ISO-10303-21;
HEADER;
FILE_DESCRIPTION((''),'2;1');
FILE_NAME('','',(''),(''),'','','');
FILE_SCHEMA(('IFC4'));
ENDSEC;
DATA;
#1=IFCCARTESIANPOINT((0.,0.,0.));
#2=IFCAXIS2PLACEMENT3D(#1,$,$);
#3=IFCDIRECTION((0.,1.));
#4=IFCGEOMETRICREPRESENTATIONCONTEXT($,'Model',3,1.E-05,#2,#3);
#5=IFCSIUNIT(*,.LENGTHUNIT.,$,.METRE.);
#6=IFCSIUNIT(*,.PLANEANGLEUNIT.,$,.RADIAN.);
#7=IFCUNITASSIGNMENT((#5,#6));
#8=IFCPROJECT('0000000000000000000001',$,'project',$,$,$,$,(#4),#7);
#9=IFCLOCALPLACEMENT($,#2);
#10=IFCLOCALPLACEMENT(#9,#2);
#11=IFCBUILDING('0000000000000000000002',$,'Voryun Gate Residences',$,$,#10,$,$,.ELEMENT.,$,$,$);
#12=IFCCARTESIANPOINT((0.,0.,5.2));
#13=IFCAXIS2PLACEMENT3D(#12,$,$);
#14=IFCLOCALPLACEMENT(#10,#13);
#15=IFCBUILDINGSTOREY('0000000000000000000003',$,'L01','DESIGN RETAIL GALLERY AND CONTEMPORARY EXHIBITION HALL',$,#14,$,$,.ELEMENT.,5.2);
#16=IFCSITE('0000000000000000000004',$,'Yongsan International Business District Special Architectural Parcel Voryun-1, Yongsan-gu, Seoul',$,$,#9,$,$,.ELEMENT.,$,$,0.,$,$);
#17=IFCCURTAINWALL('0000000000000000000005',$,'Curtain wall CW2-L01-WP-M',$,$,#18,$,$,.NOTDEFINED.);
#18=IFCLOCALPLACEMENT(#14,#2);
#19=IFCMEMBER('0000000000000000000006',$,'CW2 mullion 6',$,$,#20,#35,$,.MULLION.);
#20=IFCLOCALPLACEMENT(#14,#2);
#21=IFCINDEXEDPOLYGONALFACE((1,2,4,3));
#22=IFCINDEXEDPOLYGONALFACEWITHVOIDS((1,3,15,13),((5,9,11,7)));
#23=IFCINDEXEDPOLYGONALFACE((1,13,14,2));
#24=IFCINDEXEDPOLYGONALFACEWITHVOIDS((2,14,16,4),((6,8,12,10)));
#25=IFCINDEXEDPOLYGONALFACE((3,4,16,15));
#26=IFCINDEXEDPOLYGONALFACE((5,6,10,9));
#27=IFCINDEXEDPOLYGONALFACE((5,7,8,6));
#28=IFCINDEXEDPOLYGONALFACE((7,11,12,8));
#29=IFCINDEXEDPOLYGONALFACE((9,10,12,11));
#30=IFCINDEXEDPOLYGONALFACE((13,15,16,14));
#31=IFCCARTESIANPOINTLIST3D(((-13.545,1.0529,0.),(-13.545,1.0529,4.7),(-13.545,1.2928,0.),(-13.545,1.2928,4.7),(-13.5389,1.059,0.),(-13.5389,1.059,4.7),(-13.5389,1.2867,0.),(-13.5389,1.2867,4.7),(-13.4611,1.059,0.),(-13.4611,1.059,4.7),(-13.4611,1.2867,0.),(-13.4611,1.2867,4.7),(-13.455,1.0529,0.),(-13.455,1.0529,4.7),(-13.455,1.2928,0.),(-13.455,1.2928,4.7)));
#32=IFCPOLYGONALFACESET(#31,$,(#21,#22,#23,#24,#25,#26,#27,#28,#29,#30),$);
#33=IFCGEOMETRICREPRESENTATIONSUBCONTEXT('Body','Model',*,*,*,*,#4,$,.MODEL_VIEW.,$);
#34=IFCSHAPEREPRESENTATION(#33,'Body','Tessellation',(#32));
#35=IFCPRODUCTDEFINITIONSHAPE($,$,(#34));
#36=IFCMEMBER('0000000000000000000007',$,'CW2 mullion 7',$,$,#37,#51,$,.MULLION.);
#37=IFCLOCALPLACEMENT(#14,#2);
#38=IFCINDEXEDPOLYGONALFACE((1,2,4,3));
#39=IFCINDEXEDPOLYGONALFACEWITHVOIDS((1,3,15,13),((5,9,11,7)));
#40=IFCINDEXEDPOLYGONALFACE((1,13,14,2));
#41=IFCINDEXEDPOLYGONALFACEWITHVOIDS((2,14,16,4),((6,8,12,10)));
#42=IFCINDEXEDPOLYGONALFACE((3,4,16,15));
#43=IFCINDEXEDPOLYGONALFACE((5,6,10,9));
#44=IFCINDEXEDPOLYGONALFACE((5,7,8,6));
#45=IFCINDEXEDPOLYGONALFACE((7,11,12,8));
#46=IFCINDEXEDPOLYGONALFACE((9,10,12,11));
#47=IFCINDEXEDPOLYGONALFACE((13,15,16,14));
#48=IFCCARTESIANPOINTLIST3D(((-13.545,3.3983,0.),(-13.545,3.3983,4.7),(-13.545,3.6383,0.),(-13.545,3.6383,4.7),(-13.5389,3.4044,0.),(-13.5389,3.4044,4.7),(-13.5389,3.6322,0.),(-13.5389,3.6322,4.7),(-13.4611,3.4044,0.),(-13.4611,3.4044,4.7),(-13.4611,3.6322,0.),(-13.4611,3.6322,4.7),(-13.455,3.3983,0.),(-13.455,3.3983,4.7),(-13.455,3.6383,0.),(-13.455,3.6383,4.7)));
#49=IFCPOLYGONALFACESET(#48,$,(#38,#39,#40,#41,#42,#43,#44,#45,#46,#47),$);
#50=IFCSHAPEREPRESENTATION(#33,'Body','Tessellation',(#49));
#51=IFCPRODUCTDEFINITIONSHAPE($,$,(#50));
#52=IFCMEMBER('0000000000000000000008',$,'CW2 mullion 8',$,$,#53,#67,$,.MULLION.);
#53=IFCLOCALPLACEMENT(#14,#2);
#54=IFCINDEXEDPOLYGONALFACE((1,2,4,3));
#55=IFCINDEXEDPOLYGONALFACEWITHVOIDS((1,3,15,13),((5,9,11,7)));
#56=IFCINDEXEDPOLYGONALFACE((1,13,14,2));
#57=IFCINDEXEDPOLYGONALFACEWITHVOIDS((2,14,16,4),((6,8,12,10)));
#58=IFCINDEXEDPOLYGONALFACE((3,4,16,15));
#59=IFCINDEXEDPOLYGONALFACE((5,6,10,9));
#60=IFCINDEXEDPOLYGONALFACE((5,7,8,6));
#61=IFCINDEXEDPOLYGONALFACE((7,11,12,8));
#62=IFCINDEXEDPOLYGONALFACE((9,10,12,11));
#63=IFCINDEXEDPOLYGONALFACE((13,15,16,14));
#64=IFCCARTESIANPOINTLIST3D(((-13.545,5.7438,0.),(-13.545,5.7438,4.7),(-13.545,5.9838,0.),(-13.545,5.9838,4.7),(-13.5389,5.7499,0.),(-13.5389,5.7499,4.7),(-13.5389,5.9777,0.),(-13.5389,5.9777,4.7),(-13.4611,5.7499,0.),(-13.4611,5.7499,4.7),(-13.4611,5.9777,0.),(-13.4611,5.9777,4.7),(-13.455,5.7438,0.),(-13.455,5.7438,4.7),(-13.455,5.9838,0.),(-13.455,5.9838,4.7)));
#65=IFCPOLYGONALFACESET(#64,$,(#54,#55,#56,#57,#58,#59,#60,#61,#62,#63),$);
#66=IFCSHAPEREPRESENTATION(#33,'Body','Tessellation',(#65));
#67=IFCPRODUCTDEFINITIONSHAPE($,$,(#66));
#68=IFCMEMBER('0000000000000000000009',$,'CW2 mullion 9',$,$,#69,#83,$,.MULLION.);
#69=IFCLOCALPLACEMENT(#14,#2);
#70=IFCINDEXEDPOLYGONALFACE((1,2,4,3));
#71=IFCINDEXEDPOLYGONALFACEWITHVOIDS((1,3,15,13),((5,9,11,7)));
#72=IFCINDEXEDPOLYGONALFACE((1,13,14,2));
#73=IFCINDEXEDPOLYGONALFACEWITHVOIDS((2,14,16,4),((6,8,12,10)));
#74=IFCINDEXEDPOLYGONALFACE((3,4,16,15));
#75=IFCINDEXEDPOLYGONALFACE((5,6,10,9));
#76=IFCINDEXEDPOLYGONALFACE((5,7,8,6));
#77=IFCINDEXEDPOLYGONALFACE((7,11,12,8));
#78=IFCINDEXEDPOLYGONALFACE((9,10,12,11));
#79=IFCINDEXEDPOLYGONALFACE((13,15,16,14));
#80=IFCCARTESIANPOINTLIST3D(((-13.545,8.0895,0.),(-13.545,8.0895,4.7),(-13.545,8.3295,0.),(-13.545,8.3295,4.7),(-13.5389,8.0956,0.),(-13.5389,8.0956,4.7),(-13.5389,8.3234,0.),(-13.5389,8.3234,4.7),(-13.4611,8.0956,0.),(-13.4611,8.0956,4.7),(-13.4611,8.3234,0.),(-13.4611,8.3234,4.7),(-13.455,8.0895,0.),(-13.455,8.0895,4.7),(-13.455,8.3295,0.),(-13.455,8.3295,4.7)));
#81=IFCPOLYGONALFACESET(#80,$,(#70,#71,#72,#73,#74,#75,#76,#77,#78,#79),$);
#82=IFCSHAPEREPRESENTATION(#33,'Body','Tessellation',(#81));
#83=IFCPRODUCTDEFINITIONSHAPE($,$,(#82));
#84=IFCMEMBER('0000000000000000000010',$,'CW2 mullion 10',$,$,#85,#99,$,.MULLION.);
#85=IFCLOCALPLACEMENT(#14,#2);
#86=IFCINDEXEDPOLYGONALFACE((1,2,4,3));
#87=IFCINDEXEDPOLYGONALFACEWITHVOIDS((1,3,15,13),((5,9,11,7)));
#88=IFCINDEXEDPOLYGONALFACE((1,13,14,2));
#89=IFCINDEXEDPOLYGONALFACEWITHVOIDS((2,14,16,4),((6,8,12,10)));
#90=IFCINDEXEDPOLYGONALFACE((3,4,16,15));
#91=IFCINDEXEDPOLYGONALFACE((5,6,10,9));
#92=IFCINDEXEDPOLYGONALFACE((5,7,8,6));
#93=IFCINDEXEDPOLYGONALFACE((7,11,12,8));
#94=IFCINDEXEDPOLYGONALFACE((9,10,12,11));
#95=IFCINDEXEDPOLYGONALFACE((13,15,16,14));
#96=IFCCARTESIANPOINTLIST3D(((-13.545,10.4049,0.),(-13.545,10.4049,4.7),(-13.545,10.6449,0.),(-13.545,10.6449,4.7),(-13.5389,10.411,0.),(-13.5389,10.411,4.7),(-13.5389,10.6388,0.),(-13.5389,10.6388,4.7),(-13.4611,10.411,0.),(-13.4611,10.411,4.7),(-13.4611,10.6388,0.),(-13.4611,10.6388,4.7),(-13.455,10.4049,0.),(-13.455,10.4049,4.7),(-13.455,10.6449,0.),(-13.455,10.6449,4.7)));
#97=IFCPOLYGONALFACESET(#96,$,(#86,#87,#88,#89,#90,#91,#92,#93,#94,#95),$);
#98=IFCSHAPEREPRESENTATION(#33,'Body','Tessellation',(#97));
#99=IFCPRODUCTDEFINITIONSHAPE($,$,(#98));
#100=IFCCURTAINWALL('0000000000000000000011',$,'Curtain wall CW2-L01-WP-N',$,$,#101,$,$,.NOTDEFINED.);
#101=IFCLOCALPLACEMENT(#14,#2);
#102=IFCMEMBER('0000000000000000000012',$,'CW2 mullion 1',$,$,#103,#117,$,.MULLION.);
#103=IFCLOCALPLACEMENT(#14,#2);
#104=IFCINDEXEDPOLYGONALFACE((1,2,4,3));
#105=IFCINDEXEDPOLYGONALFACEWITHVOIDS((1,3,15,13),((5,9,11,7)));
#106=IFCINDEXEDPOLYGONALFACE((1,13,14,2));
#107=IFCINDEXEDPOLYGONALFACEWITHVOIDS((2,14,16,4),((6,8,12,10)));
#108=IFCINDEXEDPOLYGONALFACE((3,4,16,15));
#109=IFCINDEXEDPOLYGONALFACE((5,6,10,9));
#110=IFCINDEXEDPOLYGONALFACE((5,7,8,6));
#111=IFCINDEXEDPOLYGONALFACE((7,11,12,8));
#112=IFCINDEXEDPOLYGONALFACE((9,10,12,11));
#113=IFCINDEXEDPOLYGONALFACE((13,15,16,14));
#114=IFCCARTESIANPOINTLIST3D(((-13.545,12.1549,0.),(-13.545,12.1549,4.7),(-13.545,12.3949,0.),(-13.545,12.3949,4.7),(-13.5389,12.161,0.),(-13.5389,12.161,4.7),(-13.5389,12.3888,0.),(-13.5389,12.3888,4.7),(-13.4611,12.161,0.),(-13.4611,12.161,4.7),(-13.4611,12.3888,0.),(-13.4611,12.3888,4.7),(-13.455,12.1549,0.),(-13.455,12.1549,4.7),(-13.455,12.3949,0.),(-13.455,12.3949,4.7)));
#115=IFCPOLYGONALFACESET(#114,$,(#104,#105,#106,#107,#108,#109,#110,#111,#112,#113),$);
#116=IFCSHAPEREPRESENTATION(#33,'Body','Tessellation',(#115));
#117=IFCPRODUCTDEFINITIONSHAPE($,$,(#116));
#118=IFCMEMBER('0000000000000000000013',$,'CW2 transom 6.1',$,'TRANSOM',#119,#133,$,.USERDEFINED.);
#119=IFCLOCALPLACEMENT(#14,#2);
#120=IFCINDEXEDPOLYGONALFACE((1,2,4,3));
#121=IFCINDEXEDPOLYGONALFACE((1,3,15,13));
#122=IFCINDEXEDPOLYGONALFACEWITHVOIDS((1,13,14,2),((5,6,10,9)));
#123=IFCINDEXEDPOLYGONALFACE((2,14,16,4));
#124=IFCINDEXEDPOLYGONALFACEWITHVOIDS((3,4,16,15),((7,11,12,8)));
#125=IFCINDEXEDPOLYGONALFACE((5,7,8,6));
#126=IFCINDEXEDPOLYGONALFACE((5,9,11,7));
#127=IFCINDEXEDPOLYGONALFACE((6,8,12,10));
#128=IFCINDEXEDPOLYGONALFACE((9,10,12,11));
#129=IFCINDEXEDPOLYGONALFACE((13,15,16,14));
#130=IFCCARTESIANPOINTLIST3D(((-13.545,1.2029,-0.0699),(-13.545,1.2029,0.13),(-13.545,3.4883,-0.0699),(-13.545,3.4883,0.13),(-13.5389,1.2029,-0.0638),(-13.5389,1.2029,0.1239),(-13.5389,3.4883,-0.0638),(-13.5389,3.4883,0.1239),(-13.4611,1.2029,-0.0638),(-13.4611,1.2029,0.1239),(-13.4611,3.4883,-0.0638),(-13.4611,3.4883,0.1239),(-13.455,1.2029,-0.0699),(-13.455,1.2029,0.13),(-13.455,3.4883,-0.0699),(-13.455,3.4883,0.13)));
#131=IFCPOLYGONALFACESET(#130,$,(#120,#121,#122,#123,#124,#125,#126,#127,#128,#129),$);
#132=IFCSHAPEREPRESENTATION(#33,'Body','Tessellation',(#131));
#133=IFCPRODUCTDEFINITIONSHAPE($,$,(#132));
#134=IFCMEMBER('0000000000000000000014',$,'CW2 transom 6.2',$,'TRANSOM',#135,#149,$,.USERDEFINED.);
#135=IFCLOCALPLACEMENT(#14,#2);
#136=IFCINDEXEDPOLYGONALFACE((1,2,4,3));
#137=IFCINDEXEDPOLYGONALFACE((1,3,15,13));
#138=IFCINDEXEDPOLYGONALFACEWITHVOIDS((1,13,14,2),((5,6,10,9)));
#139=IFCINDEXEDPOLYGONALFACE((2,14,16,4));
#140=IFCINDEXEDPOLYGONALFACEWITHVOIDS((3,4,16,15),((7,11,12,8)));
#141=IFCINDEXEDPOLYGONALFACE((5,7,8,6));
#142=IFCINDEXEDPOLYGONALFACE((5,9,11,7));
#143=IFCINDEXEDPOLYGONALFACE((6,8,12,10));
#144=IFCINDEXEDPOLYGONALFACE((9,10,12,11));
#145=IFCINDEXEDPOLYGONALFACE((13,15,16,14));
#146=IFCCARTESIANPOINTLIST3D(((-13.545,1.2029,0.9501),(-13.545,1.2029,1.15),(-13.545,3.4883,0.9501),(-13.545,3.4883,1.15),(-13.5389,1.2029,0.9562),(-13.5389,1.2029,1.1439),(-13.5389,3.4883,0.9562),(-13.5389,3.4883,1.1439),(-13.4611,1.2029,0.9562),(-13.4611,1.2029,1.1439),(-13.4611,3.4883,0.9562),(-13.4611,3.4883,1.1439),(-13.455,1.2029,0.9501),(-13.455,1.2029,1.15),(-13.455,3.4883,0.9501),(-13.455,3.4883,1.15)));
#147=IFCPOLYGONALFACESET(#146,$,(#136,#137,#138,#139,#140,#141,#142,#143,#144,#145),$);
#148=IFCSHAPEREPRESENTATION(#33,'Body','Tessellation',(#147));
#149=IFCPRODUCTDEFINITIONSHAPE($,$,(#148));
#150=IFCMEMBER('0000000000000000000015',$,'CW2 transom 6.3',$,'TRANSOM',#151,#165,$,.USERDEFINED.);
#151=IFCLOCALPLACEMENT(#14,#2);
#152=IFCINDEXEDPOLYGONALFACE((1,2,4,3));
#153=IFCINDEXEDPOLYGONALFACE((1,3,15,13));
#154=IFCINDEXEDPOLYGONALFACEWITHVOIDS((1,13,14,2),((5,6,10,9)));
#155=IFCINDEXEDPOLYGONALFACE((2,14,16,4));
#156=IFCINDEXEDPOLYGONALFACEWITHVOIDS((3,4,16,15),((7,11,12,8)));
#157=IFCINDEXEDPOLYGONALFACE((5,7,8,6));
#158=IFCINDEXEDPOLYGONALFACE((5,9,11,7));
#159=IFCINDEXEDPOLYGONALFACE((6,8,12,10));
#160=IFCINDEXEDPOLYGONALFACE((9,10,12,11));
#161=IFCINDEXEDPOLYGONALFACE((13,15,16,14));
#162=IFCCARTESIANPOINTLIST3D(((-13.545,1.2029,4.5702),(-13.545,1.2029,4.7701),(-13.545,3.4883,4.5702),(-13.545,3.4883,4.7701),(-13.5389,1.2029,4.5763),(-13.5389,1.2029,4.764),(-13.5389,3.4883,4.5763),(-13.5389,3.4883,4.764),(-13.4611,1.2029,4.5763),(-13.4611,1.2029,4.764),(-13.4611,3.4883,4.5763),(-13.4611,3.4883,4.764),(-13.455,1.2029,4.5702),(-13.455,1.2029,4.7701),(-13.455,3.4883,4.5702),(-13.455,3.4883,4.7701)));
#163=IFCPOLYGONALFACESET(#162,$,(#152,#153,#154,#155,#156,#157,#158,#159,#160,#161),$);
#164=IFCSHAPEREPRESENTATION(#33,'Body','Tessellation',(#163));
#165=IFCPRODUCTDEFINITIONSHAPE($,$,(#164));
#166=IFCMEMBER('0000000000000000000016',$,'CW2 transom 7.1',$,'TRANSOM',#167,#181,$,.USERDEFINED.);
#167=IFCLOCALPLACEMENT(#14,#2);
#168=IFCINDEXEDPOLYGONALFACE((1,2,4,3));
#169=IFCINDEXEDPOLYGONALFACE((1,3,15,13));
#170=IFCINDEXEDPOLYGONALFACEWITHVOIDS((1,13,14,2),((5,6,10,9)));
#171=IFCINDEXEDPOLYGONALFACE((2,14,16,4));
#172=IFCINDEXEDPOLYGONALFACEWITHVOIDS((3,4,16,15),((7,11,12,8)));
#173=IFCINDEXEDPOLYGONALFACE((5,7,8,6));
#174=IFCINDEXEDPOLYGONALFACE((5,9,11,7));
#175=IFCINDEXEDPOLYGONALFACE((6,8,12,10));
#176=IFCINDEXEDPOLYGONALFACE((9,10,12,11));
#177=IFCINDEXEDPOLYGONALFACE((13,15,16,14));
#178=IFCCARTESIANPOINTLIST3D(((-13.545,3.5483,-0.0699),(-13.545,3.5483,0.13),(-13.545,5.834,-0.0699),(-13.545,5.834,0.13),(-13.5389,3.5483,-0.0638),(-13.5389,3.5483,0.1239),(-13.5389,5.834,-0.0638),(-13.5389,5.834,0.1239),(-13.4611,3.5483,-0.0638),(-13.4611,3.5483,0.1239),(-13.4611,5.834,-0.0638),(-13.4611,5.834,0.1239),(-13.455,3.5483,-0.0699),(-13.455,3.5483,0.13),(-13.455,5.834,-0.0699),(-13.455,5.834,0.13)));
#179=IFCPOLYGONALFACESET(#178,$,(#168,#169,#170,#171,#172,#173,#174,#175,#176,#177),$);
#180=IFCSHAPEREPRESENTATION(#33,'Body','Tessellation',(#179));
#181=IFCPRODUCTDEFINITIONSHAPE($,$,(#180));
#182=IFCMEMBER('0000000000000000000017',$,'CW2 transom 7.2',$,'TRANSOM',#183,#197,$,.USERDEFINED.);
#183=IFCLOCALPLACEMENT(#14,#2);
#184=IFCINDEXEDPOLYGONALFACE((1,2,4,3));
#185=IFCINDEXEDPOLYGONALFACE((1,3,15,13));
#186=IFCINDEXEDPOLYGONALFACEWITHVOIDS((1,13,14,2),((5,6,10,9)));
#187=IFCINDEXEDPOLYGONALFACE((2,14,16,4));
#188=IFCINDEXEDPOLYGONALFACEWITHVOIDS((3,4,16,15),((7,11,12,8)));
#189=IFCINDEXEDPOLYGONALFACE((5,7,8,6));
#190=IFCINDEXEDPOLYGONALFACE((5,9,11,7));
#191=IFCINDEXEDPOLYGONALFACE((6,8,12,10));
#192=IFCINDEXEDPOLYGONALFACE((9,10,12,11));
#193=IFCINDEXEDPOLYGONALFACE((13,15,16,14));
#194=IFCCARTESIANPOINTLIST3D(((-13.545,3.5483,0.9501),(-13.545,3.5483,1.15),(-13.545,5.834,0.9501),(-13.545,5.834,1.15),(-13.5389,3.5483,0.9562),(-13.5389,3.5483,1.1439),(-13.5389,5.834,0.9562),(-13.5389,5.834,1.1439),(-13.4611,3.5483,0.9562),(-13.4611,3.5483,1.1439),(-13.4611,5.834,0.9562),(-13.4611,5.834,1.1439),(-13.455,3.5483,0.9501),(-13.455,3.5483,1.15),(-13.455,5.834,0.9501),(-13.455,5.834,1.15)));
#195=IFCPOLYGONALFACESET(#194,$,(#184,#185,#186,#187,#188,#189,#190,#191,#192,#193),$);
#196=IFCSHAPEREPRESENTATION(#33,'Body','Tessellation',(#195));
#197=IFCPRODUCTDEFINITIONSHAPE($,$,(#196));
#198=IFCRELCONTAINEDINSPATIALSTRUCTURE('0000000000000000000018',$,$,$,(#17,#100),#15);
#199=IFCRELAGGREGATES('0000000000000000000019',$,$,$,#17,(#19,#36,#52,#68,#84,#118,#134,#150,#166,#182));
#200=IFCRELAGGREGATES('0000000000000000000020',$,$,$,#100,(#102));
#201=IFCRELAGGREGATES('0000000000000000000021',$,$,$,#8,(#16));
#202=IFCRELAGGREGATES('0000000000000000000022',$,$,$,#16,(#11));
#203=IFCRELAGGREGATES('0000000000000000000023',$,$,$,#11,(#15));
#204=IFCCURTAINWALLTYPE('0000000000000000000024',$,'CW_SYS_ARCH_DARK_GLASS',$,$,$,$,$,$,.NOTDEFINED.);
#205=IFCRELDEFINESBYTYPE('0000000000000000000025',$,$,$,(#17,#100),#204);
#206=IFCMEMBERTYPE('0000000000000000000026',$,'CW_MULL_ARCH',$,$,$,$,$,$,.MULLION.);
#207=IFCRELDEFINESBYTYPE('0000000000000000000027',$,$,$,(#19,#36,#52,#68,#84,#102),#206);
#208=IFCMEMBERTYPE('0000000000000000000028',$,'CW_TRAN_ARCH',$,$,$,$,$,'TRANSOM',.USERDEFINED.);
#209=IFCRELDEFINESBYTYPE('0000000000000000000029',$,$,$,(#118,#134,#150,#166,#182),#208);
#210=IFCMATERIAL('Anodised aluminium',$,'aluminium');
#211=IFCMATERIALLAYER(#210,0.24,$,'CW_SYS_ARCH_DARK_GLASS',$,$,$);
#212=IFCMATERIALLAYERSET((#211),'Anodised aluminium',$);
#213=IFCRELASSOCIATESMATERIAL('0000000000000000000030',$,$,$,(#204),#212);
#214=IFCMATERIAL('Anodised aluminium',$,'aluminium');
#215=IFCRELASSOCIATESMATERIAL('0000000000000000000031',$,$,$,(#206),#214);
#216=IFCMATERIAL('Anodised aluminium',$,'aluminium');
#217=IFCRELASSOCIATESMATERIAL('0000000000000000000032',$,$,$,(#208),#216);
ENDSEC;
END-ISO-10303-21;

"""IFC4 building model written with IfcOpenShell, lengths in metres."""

from ifc_helpers import new_model, si_unit, direction, frame, origin, origin_2d, place, context, subcontext, project, spatial, hollow_rectangle, extrude, material, layer, layer_set, material_profile, profile_set, type_object, element, aggregate, save


model = new_model("IFC4")

# Units and contexts
model_context = context("Model", 3, precision=1e-05, world=origin(), true_north=direction((0.0, 1.0)))
body_context = subcontext(model_context, "Body", "Model", "MODEL_VIEW")
ifc_project = project(units=[si_unit("LENGTHUNIT", "METRE"), si_unit("PLANEANGLEUNIT", "RADIAN")], contexts=[model_context])

# Site, building, storey
site_placement = place(None, origin())
site = spatial("IfcSite", under=ifc_project, at=site_placement, Name="Yongsan International Business District Special Architectural Parcel Voryun-1, Yongsan-gu, Seoul", CompositionType="ELEMENT", RefElevation=0.0)
building_placement = place(site_placement, origin())
building = spatial("IfcBuilding", under=site, at=building_placement, Name="Voryun Gate Residences", CompositionType="ELEMENT")
storey_placement = place(building_placement, frame((0.0, 0.0, 5.2)))
storey = spatial("IfcBuildingStorey", under=building, at=storey_placement, Name="L01", Description="DESIGN RETAIL GALLERY AND CONTEMPORARY EXHIBITION HALL", CompositionType="ELEMENT", Elevation=5.2)

# Curtain wall, members
ifc_material_1 = material(Name="Anodised aluminium", Category="aluminium")
ifc_layer_1 = layer(ifc_material_1, 0.24, Name="CW_SYS_ARCH_DARK_GLASS")
ifc_layer_set_1 = layer_set([ifc_layer_1], Name="Anodised aluminium")
curtain_wall_type = type_object("IfcCurtainWallType", Name="CW_SYS_ARCH_DARK_GLASS", PredefinedType="NOTDEFINED", material=ifc_layer_set_1)
curtain_wall_1_placement = place(storey_placement, origin())
curtain_wall_1 = element("IfcCurtainWall", 1, at=curtain_wall_1_placement, inside=storey, type_object=curtain_wall_type, Name="Curtain wall CW2-L01-WP-M", PredefinedType="NOTDEFINED")
ifc_material_2 = material(Name="Anodised aluminium", Category="aluminium")
ifc_material_profile_1 = material_profile(ifc_material_2, hollow_rectangle(XDim=0.0901, YDim=0.24, WallThickness=0.0061, at=origin_2d()), Name="ALU-MULL-240x90x6")
ifc_profile_set_1 = profile_set([ifc_material_profile_1], Name="Anodised aluminium")
member_type_1 = type_object("IfcMemberType", Name="CW_MULL_ARCH", PredefinedType="MULLION", material=ifc_profile_set_1)
member_1_placement = place(storey_placement, frame((-13.5, 1.1729, 0.0), z_axis=(0.0, 0.0, 1.0), x_axis=(-1.0, 0.0, 0.0)))
member_1 = element("IfcMember", 2, at=member_1_placement, type_object=member_type_1, Name="CW2 mullion 6", PredefinedType="MULLION", context=body_context, shape_type="SweptSolid", body=[
    extrude(hollow_rectangle(XDim=0.0901, YDim=0.24, WallThickness=0.0061, at=origin_2d()), origin(), (0.0, 0.0, 1.0), 4.7),
])
member_2_placement = place(storey_placement, frame((-13.5, 3.5183, 0.0), z_axis=(0.0, 0.0, 1.0), x_axis=(-1.0, 0.0, 0.0)))
member_2 = element("IfcMember", 3, at=member_2_placement, type_object=member_type_1, Name="CW2 mullion 7", PredefinedType="MULLION", context=body_context, shape_type="SweptSolid", body=[
    extrude(hollow_rectangle(XDim=0.0901, YDim=0.24, WallThickness=0.0061, at=origin_2d()), origin(), (0.0, 0.0, 1.0), 4.7),
])
member_3_placement = place(storey_placement, frame((-13.5, 5.8638, 0.0), z_axis=(0.0, 0.0, 1.0), x_axis=(-1.0, 0.0, 0.0)))
member_3 = element("IfcMember", 4, at=member_3_placement, type_object=member_type_1, Name="CW2 mullion 8", PredefinedType="MULLION", context=body_context, shape_type="SweptSolid", body=[
    extrude(hollow_rectangle(XDim=0.0901, YDim=0.24, WallThickness=0.0061, at=origin_2d()), origin(), (0.0, 0.0, 1.0), 4.7),
])
member_4_placement = place(storey_placement, frame((-13.5, 8.2095, 0.0), z_axis=(0.0, 0.0, 1.0), x_axis=(-1.0, 0.0, 0.0)))
member_4 = element("IfcMember", 5, at=member_4_placement, type_object=member_type_1, Name="CW2 mullion 9", PredefinedType="MULLION", context=body_context, shape_type="SweptSolid", body=[
    extrude(hollow_rectangle(XDim=0.0901, YDim=0.24, WallThickness=0.0061, at=origin_2d()), origin(), (0.0, 0.0, 1.0), 4.7),
])
member_5_placement = place(storey_placement, frame((-13.5, 10.5249, 0.0), z_axis=(0.0, 0.0, 1.0), x_axis=(-1.0, 0.0, 0.0)))
member_5 = element("IfcMember", 6, at=member_5_placement, type_object=member_type_1, Name="CW2 mullion 10", PredefinedType="MULLION", context=body_context, shape_type="SweptSolid", body=[
    extrude(hollow_rectangle(XDim=0.0901, YDim=0.24, WallThickness=0.0061, at=origin_2d()), origin(), (0.0, 0.0, 1.0), 4.7),
])

# Curtain wall, member
curtain_wall_2_placement = place(storey_placement, origin())
curtain_wall_2 = element("IfcCurtainWall", 7, at=curtain_wall_2_placement, inside=storey, type_object=curtain_wall_type, Name="Curtain wall CW2-L01-WP-N", PredefinedType="NOTDEFINED")
member_6_placement = place(storey_placement, frame((-13.5, 12.2749, 0.0), z_axis=(0.0, 0.0, 1.0), x_axis=(-1.0, 0.0, 0.0)))
member_6 = element("IfcMember", 8, at=member_6_placement, type_object=member_type_1, Name="CW2 mullion 1", PredefinedType="MULLION", context=body_context, shape_type="SweptSolid", body=[
    extrude(hollow_rectangle(XDim=0.0901, YDim=0.24, WallThickness=0.0061, at=origin_2d()), origin(), (0.0, 0.0, 1.0), 4.7),
])

# Members
ifc_material_3 = material(Name="Anodised aluminium", Category="aluminium")
ifc_material_profile_2 = material_profile(ifc_material_3, hollow_rectangle(XDim=0.0901, YDim=0.2, WallThickness=0.0061, at=origin_2d()), Name="ALU-TRAN-200x90x6")
ifc_profile_set_2 = profile_set([ifc_material_profile_2], Name="Anodised aluminium")
member_type_2 = type_object("IfcMemberType", Name="CW_TRAN_ARCH", ElementType="TRANSOM", PredefinedType="USERDEFINED", material=ifc_profile_set_2)
member_7_placement = place(storey_placement, frame((-13.5, 1.2029, 0.03), z_axis=(0.0, 1.0, 0.0), x_axis=(-1.0, 0.0, 0.0)))
member_7 = element("IfcMember", 9, at=member_7_placement, type_object=member_type_2, Name="CW2 transom 6.1", ObjectType="TRANSOM", PredefinedType="USERDEFINED", context=body_context, shape_type="SweptSolid", body=[
    extrude(hollow_rectangle(XDim=0.0901, YDim=0.2, WallThickness=0.0061, at=origin_2d()), origin(), (0.0, 0.0, 1.0), 2.2854),
])
member_8_placement = place(storey_placement, frame((-13.5, 1.2029, 1.05), z_axis=(0.0, 1.0, 0.0), x_axis=(-1.0, 0.0, 0.0)))
member_8 = element("IfcMember", 10, at=member_8_placement, type_object=member_type_2, Name="CW2 transom 6.2", ObjectType="TRANSOM", PredefinedType="USERDEFINED", context=body_context, shape_type="SweptSolid", body=[
    extrude(hollow_rectangle(XDim=0.0901, YDim=0.2, WallThickness=0.0061, at=origin_2d()), origin(), (0.0, 0.0, 1.0), 2.2854),
])
member_9_placement = place(storey_placement, frame((-13.5, 1.2029, 4.6702), z_axis=(0.0, 1.0, 0.0), x_axis=(-1.0, 0.0, 0.0)))
member_9 = element("IfcMember", 11, at=member_9_placement, type_object=member_type_2, Name="CW2 transom 6.3", ObjectType="TRANSOM", PredefinedType="USERDEFINED", context=body_context, shape_type="SweptSolid", body=[
    extrude(hollow_rectangle(XDim=0.0901, YDim=0.2, WallThickness=0.0061, at=origin_2d()), origin(), (0.0, 0.0, 1.0), 2.2854),
])
member_10_placement = place(storey_placement, frame((-13.5, 3.5483, 0.03), z_axis=(0.0, 1.0, 0.0), x_axis=(-1.0, 0.0, 0.0)))
member_10 = element("IfcMember", 12, at=member_10_placement, type_object=member_type_2, Name="CW2 transom 7.1", ObjectType="TRANSOM", PredefinedType="USERDEFINED", context=body_context, shape_type="SweptSolid", body=[
    extrude(hollow_rectangle(XDim=0.0901, YDim=0.2, WallThickness=0.0061, at=origin_2d()), origin(), (0.0, 0.0, 1.0), 2.2856),
])
member_11_placement = place(storey_placement, frame((-13.5, 3.5483, 1.05), z_axis=(0.0, 1.0, 0.0), x_axis=(-1.0, 0.0, 0.0)))
member_11 = element("IfcMember", 13, at=member_11_placement, type_object=member_type_2, Name="CW2 transom 7.2", ObjectType="TRANSOM", PredefinedType="USERDEFINED", context=body_context, shape_type="SweptSolid", body=[
    extrude(hollow_rectangle(XDim=0.0901, YDim=0.2, WallThickness=0.0061, at=origin_2d()), origin(), (0.0, 0.0, 1.0), 2.2856),
])

aggregate(curtain_wall_1, [member_1, member_2, member_3, member_4, member_5, member_7, member_8, member_9, member_10, member_11])
aggregate(curtain_wall_2, [member_6])

save(model, "model.ifc")
